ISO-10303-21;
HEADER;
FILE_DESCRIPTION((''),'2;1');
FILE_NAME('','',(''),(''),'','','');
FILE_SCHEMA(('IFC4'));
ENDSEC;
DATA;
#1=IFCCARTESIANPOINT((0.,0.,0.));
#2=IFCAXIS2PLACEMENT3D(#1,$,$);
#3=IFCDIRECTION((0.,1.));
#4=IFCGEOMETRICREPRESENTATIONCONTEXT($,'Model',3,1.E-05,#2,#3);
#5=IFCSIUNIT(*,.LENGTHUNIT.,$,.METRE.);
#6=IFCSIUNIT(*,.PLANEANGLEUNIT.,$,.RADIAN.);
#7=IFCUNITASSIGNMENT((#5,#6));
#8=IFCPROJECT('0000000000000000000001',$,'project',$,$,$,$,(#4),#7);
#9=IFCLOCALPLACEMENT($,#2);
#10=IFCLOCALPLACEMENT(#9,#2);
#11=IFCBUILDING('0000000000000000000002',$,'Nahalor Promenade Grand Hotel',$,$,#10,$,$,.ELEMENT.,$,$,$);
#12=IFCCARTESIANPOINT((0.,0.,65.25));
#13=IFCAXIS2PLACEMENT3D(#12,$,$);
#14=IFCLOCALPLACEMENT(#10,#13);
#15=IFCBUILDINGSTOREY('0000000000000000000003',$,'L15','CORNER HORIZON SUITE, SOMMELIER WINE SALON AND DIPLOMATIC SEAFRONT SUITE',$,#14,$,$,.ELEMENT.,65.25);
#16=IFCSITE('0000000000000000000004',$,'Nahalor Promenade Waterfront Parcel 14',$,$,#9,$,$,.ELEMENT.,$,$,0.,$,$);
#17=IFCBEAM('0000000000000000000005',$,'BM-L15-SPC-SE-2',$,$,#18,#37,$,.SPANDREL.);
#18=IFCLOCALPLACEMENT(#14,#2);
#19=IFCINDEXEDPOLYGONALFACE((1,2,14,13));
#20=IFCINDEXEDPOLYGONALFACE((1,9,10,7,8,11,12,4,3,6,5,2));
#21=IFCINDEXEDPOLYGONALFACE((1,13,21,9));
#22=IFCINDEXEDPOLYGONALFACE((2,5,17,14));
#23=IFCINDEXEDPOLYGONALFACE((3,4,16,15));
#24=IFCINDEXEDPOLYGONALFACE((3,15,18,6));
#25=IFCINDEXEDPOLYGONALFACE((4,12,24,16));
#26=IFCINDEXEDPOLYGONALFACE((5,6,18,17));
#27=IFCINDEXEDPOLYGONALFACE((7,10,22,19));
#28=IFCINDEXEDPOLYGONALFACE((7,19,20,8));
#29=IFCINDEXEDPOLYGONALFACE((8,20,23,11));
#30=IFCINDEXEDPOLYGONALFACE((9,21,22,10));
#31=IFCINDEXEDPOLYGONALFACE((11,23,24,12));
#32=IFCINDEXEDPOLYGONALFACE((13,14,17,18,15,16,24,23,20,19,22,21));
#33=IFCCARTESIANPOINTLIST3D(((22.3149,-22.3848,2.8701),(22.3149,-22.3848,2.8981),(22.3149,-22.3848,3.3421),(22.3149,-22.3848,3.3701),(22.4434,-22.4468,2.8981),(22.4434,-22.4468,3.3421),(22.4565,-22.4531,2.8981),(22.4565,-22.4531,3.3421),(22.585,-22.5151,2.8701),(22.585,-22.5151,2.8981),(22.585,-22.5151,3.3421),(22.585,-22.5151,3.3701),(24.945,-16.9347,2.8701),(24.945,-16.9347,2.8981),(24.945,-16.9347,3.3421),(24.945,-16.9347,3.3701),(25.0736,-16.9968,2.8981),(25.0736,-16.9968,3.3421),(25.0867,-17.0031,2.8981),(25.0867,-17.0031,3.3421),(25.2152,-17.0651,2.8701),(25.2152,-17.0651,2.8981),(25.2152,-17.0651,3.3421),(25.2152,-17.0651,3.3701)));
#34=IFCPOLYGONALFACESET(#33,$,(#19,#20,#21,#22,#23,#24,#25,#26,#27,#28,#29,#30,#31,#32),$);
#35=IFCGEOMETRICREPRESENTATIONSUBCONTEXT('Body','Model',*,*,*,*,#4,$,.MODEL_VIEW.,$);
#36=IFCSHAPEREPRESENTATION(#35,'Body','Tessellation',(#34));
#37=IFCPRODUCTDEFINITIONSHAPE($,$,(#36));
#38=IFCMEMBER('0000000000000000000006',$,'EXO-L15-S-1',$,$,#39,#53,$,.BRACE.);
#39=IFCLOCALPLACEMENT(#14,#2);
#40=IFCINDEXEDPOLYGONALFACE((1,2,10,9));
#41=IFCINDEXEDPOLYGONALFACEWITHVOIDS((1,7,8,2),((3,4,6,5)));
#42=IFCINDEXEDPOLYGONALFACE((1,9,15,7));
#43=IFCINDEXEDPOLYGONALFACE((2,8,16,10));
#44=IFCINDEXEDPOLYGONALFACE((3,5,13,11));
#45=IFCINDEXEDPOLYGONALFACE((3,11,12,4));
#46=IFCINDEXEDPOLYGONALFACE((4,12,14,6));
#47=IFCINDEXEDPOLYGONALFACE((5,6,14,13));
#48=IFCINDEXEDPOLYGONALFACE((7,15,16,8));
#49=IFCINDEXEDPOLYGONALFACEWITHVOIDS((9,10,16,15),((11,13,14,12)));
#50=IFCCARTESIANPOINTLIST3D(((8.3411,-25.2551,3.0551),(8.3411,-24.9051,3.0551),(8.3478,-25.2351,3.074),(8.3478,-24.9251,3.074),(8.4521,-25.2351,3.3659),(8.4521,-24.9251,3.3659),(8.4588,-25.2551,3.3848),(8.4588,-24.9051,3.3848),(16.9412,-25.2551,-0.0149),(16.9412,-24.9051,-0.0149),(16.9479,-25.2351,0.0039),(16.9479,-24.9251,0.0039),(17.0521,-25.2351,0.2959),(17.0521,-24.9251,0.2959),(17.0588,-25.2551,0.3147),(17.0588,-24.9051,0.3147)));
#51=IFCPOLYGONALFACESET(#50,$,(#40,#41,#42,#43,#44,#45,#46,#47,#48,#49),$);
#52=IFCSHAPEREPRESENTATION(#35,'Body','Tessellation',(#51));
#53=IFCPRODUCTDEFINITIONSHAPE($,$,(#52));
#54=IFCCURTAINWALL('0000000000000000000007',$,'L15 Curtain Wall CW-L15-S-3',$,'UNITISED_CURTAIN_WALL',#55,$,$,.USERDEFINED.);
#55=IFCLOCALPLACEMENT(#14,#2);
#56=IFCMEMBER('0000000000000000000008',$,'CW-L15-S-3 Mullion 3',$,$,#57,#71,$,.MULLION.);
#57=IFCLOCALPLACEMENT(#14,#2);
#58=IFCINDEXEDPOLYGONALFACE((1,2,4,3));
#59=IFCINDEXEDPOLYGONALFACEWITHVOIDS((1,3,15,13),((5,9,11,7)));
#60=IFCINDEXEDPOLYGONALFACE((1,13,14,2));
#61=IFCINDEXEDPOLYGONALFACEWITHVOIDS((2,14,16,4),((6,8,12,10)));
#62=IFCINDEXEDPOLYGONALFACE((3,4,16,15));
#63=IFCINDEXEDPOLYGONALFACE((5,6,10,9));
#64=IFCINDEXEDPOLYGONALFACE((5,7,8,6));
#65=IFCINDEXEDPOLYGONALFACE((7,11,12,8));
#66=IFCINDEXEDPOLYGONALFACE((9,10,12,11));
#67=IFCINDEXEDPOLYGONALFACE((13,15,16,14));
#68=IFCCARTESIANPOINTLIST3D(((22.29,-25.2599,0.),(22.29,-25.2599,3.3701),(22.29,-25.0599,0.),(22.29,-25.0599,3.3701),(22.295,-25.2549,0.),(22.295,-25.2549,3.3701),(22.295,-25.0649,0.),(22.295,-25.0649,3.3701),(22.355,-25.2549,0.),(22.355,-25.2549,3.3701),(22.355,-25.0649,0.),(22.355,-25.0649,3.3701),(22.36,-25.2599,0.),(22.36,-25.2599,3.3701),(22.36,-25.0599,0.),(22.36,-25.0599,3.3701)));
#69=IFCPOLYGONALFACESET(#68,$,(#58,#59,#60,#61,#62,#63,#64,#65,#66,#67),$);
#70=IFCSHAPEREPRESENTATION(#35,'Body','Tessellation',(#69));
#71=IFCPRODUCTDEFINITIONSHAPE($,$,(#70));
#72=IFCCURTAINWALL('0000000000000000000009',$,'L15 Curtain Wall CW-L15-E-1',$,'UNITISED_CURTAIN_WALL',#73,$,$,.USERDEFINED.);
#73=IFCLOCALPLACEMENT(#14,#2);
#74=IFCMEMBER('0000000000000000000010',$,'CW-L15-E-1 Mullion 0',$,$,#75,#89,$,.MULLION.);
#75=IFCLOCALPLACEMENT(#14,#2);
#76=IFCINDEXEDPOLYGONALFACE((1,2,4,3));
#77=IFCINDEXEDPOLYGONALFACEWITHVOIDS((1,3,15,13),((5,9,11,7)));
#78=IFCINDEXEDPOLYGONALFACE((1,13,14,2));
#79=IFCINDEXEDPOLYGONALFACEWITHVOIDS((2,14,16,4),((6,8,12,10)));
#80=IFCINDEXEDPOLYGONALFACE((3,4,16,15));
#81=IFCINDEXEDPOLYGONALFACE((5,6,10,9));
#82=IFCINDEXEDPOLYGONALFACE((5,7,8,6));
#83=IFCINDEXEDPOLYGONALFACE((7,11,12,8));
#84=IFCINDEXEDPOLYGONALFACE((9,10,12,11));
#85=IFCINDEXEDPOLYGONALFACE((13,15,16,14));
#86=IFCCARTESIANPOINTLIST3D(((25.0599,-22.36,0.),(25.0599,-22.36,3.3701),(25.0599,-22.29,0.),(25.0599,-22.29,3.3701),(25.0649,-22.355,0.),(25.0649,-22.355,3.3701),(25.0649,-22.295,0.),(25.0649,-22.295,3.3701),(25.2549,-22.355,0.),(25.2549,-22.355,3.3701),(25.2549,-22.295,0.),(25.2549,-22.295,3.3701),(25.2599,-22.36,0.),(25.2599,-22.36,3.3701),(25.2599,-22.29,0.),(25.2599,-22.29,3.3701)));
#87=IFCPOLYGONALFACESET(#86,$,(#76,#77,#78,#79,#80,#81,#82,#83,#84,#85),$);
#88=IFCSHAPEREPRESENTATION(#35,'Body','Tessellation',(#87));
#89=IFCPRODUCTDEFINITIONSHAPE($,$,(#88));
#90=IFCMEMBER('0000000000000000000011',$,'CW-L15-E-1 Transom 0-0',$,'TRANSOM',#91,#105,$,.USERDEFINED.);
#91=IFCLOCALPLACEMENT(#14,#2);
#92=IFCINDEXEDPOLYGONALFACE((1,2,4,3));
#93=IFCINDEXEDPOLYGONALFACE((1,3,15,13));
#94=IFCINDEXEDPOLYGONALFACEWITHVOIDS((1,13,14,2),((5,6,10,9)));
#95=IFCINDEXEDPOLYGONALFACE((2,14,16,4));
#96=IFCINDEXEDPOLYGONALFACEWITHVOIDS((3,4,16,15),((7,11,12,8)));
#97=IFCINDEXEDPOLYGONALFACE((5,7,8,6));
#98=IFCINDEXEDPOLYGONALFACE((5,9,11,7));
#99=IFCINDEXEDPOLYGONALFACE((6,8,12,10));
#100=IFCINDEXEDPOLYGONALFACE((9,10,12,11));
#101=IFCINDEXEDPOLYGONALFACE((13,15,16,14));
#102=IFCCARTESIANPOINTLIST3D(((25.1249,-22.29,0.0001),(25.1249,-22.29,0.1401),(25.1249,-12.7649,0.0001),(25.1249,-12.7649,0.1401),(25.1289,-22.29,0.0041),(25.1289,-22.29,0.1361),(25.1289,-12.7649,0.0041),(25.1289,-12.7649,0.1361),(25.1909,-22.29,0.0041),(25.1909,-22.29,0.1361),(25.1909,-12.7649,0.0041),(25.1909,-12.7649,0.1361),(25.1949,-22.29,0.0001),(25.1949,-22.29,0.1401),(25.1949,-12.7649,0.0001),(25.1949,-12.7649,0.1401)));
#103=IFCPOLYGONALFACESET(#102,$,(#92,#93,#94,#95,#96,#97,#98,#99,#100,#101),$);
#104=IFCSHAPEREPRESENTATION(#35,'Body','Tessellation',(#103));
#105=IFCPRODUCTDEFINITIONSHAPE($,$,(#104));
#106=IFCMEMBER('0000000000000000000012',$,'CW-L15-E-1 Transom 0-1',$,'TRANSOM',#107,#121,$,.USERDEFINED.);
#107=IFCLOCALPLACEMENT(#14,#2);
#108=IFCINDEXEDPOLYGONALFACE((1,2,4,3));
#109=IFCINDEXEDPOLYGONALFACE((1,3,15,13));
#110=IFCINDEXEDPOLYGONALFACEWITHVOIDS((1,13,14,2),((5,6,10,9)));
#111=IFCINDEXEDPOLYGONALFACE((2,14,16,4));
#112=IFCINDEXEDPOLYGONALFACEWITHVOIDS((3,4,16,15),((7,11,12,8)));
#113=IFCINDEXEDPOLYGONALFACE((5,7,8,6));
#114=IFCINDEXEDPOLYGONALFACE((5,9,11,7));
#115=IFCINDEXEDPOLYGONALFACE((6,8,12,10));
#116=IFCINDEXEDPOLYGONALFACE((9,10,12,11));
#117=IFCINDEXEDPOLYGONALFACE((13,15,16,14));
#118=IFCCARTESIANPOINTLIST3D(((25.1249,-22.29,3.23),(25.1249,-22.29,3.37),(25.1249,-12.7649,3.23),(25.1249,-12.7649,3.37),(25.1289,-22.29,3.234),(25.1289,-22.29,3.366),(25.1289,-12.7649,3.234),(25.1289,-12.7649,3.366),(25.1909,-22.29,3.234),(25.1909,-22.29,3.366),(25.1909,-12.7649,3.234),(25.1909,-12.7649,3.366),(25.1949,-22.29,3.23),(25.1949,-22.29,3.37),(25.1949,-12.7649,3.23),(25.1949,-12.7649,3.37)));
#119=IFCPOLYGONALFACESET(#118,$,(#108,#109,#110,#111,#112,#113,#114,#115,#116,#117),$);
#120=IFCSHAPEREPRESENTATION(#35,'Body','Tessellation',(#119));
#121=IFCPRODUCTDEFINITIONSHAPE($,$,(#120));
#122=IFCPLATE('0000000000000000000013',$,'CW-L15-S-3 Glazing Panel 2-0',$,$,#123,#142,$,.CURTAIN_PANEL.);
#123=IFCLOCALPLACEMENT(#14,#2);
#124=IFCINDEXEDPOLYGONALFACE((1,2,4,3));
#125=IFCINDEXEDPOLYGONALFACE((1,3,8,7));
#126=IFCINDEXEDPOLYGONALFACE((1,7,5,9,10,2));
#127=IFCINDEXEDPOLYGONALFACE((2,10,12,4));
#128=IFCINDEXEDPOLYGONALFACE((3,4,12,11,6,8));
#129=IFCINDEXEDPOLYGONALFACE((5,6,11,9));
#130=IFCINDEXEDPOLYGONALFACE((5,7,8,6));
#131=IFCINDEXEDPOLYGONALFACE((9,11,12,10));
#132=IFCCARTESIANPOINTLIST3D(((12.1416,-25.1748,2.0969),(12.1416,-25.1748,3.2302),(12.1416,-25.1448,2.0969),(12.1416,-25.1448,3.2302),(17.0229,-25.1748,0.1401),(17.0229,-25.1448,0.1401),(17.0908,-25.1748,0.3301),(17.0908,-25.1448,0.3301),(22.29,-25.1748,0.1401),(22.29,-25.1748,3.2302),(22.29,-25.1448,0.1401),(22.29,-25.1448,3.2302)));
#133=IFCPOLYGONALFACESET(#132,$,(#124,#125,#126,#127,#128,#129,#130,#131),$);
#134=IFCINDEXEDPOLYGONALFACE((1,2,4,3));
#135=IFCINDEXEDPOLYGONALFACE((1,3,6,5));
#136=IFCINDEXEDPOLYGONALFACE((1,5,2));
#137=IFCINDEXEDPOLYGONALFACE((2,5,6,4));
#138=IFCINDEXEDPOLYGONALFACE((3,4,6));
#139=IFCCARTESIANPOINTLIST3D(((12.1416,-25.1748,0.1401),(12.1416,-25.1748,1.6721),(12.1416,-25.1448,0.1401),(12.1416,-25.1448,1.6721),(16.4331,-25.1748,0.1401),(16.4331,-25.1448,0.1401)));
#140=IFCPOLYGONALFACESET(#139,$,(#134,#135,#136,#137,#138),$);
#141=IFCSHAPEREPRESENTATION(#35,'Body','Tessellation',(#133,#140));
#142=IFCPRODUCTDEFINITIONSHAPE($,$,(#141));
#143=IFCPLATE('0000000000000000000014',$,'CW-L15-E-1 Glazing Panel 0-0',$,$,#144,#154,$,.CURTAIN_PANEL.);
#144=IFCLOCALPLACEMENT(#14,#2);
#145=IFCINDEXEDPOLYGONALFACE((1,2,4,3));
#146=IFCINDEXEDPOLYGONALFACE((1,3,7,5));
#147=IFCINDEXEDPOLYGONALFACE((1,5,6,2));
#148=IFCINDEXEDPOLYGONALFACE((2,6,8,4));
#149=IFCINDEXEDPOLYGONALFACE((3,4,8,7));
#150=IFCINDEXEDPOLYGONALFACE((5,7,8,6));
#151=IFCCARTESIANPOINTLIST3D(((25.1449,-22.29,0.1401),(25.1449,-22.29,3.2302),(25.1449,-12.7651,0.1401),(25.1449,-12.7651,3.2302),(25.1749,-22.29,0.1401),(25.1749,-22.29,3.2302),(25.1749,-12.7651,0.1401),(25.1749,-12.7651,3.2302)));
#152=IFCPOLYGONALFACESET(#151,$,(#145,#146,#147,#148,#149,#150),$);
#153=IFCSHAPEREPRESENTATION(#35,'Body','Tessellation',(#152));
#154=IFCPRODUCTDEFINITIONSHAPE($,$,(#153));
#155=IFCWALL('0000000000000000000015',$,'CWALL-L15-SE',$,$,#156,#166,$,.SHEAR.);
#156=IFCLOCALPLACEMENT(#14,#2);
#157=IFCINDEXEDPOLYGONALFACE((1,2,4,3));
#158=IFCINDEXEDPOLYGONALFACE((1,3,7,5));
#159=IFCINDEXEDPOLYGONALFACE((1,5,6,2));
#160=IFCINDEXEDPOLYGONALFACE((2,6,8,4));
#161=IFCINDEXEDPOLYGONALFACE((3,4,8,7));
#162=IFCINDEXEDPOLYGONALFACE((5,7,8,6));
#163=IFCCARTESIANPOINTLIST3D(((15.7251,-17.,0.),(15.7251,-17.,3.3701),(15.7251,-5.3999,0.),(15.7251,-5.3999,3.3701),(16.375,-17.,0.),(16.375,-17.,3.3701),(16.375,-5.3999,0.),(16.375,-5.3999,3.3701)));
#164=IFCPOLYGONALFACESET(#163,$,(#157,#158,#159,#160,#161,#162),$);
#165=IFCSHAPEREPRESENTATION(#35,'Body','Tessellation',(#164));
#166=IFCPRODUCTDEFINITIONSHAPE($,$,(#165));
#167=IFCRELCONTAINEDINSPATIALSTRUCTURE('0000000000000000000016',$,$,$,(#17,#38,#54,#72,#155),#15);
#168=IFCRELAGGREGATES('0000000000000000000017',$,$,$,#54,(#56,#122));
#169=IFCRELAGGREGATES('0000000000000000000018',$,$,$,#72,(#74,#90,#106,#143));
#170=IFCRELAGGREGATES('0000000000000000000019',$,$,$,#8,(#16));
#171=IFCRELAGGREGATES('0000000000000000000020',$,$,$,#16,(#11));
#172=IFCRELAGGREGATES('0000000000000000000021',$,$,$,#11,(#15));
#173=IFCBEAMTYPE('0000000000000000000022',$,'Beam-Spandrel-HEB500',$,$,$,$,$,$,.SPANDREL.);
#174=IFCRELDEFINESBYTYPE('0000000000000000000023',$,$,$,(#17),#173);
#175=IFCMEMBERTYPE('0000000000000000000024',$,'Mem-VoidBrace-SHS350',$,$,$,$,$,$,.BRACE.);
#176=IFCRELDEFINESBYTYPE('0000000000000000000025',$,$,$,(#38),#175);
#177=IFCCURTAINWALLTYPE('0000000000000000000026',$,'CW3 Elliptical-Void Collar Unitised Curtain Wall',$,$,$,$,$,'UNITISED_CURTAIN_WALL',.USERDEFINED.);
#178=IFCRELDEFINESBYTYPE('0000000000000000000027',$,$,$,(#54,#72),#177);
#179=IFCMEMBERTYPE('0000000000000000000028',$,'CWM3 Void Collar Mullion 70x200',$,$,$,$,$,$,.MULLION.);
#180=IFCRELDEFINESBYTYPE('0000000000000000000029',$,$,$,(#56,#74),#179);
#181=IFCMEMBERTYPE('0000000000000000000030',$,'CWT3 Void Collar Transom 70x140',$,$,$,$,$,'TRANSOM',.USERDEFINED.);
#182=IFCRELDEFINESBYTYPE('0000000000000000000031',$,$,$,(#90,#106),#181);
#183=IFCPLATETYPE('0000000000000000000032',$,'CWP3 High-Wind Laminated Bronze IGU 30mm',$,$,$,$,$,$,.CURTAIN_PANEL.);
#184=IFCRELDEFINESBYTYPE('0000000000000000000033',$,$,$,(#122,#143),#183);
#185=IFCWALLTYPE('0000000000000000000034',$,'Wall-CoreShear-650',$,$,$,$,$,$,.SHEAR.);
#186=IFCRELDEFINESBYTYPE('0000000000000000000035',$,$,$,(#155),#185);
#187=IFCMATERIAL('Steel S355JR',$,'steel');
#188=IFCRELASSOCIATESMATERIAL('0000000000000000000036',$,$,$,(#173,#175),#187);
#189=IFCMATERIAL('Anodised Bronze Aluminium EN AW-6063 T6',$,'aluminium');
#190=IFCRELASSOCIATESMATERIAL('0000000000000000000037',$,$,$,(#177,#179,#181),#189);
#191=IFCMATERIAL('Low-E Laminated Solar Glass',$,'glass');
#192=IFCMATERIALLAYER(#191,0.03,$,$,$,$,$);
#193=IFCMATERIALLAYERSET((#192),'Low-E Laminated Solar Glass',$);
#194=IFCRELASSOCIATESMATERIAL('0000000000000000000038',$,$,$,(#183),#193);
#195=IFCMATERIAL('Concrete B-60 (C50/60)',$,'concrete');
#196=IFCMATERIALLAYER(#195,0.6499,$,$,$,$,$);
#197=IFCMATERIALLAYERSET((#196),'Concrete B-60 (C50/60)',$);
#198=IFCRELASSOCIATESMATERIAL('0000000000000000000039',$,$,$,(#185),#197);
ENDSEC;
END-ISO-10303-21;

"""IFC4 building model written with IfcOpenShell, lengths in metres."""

from ifc_helpers import new_model, si_unit, direction, frame, frame_2d, origin, origin_2d, place, context, subcontext, project, spatial, polyline, rectangle, hollow_rectangle, i_section, outline, extrude, source, transform, mapped, material, layer, layer_set, material_profile, profile_set, type_object, element, aggregate, save


model = new_model("IFC4")

# Units and contexts
model_context = context("Model", 3, precision=1e-05, world=origin(), true_north=direction((0.0, 1.0)))
body_context = subcontext(model_context, "Body", "Model", "MODEL_VIEW")
ifc_project = project(units=[si_unit("LENGTHUNIT", "METRE"), si_unit("PLANEANGLEUNIT", "RADIAN")], contexts=[model_context])

# Site, building, storey
site_placement = place(None, origin())
site = spatial("IfcSite", under=ifc_project, at=site_placement, Name="Nahalor Promenade Waterfront Parcel 14", CompositionType="ELEMENT", RefElevation=0.0)
building_placement = place(site_placement, origin())
building = spatial("IfcBuilding", under=site, at=building_placement, Name="Nahalor Promenade Grand Hotel", CompositionType="ELEMENT")
storey_placement = place(building_placement, frame((0.0, 0.0, 65.25)))
storey = spatial("IfcBuildingStorey", under=building, at=storey_placement, Name="L15", Description="CORNER HORIZON SUITE, SOMMELIER WINE SALON AND DIPLOMATIC SEAFRONT SUITE", CompositionType="ELEMENT", Elevation=65.25)

# Beam
ifc_material_1 = material(Name="Steel S355JR", Category="steel")
ifc_material_profile_1 = material_profile(ifc_material_1, i_section(OverallWidth=0.3, OverallDepth=0.5, WebThickness=0.0145, FlangeThickness=0.028, at=origin_2d()), Name="HEB 500")
ifc_profile_set_1 = profile_set([ifc_material_profile_1], Name="Steel S355JR")
beam_type_1 = type_object("IfcBeamType", Name="Beam-Spandrel-HEB500", PredefinedType="SPANDREL", material=ifc_profile_set_1)
shared_shape_1 = source(origin(), body_context, "Body", "SweptSolid", [
    extrude(i_section(OverallWidth=0.3, OverallDepth=0.5, WebThickness=0.0145, FlangeThickness=0.028, at=origin_2d()), origin(), (0.0, 0.0, 1.0), 6.0515),
])
for number, where, z_axis, x_axis, name in (
    (1, (22.45, -22.45, 3.1201), (0.434631, 0.900609, 0.0), (-0.900609, 0.434631, 0.0), "BM-L15-SPC-SE-2"),
):
    element("IfcBeam", number, at=place(storey_placement, frame(where, z_axis=z_axis, x_axis=x_axis)), inside=storey, type_object=beam_type_1, Name=name, PredefinedType="SPANDREL", context=body_context, shape_type="MappedRepresentation", body=[
        mapped(shared_shape_1, transform((0.0, 0.0, 0.0), scale=1.0)),
    ])

# Member
ifc_material_profile_2 = material_profile(ifc_material_1, hollow_rectangle(XDim=0.35, YDim=0.35, WallThickness=0.02, at=origin_2d()), Name="SHS 350x350x20")
ifc_profile_set_2 = profile_set([ifc_material_profile_2], Name="Steel S355JR")
member_type_1 = type_object("IfcMemberType", Name="Mem-VoidBrace-SHS350", PredefinedType="BRACE", material=ifc_profile_set_2)
shared_shape_2 = source(origin(), body_context, "Body", "SweptSolid", [
    extrude(hollow_rectangle(XDim=0.35, YDim=0.35, WallThickness=0.02, at=origin_2d()), origin(), (0.0, 0.0, 1.0), 9.1316),
])
member_1_placement = place(storey_placement, frame((17.0, -25.0801, 0.1499), z_axis=(-0.94179, 0.0, 0.336201), x_axis=(0.0, -1.0, 0.0)))
element("IfcMember", 2, at=member_1_placement, inside=storey, type_object=member_type_1, Name="EXO-L15-S-1", PredefinedType="BRACE", context=body_context, shape_type="MappedRepresentation", body=[
    mapped(shared_shape_2, transform((0.0, 0.0, 0.0), scale=1.0)),
])

# Curtain wall, member
ifc_material_2 = material(Name="Anodised Bronze Aluminium EN AW-6063 T6", Category="aluminium")
curtain_wall_type = type_object("IfcCurtainWallType", Name="CW3 Elliptical-Void Collar Unitised Curtain Wall", ElementType="UNITISED_CURTAIN_WALL", PredefinedType="USERDEFINED", material=ifc_material_2)
curtain_wall_1_placement = place(storey_placement, origin())
curtain_wall_1 = element("IfcCurtainWall", 3, at=curtain_wall_1_placement, inside=storey, type_object=curtain_wall_type, Name="L15 Curtain Wall CW-L15-S-3", ObjectType="UNITISED_CURTAIN_WALL", PredefinedType="USERDEFINED")
ifc_material_profile_3 = material_profile(ifc_material_2, hollow_rectangle(XDim=0.07, YDim=0.2, WallThickness=0.005, at=origin_2d()), Name="CWM 70x200x5")
ifc_profile_set_3 = profile_set([ifc_material_profile_3], Name="Anodised Bronze Aluminium EN AW-6063 T6")
member_type_2 = type_object("IfcMemberType", Name="CWM3 Void Collar Mullion 70x200", PredefinedType="MULLION", material=ifc_profile_set_3)
shared_shape_3 = source(origin(), body_context, "Body", "SweptSolid", [
    extrude(hollow_rectangle(XDim=0.07, YDim=0.2, WallThickness=0.005, at=origin_2d()), origin(), (0.0, 0.0, 1.0), 3.3701),
])
member_2_placement = place(storey_placement, frame((22.325, -25.1599, 0.0), z_axis=(0.0, 0.0, 1.0), x_axis=(1.0, 0.0, 0.0)))
member_2 = element("IfcMember", 4, at=member_2_placement, type_object=member_type_2, Name="CW-L15-S-3 Mullion 3", PredefinedType="MULLION", context=body_context, shape_type="MappedRepresentation", body=[
    mapped(shared_shape_3, transform((0.0, 0.0, 0.0), scale=1.0)),
])

# Curtain wall, members
curtain_wall_2_placement = place(storey_placement, origin())
curtain_wall_2 = element("IfcCurtainWall", 5, at=curtain_wall_2_placement, inside=storey, type_object=curtain_wall_type, Name="L15 Curtain Wall CW-L15-E-1", ObjectType="UNITISED_CURTAIN_WALL", PredefinedType="USERDEFINED")
member_3_placement = place(storey_placement, frame((25.1599, -22.325, 0.0), z_axis=(0.0, 0.0, 1.0), x_axis=(0.0, 1.0, 0.0)))
member_3 = element("IfcMember", 6, at=member_3_placement, type_object=member_type_2, Name="CW-L15-E-1 Mullion 0", PredefinedType="MULLION", context=body_context, shape_type="MappedRepresentation", body=[
    mapped(shared_shape_3, transform((0.0, 0.0, 0.0), scale=1.0)),
])
ifc_material_profile_4 = material_profile(ifc_material_2, hollow_rectangle(XDim=0.07, YDim=0.14, WallThickness=0.004, at=origin_2d()), Name="CWT 70x140x4")
ifc_profile_set_4 = profile_set([ifc_material_profile_4], Name="Anodised Bronze Aluminium EN AW-6063 T6")
member_type_3 = type_object("IfcMemberType", Name="CWT3 Void Collar Transom 70x140", ElementType="TRANSOM", PredefinedType="USERDEFINED", material=ifc_profile_set_4)
shared_shape_4 = source(origin(), body_context, "Body", "SweptSolid", [
    extrude(hollow_rectangle(XDim=0.07, YDim=0.14, WallThickness=0.004, at=origin_2d()), origin(), (0.0, 0.0, 1.0), 9.5251),
])
member_4_placement = place(storey_placement, frame((25.1599, -22.29, 0.0701), z_axis=(0.0, 1.0, 0.0), x_axis=(-1.0, 0.0, 0.0)))
member_4 = element("IfcMember", 7, at=member_4_placement, type_object=member_type_3, Name="CW-L15-E-1 Transom 0-0", ObjectType="TRANSOM", PredefinedType="USERDEFINED", context=body_context, shape_type="MappedRepresentation", body=[
    mapped(shared_shape_4, transform((0.0, 0.0, 0.0), scale=1.0)),
])
member_5_placement = place(storey_placement, frame((25.1599, -22.29, 3.3), z_axis=(0.0, 1.0, 0.0), x_axis=(-1.0, 0.0, 0.0)))
member_5 = element("IfcMember", 8, at=member_5_placement, type_object=member_type_3, Name="CW-L15-E-1 Transom 0-1", ObjectType="TRANSOM", PredefinedType="USERDEFINED", context=body_context, shape_type="MappedRepresentation", body=[
    mapped(shared_shape_4, transform((0.0, 0.0, 0.0), scale=1.0)),
])

# Plates
ifc_material_3 = material(Name="Low-E Laminated Solar Glass", Category="glass")
ifc_layer_1 = layer(ifc_material_3, 0.03)
ifc_layer_set_1 = layer_set([ifc_layer_1], Name="Low-E Laminated Solar Glass")
plate_type = type_object("IfcPlateType", Name="CWP3 High-Wind Laminated Bronze IGU 30mm", PredefinedType="CURTAIN_PANEL", material=ifc_layer_set_1)
plate_1_placement = place(storey_placement, frame((17.2158, -25.1599, 0.1401), z_axis=(0.0, 0.0, 1.0), x_axis=(1.0, 0.0, 0.0)))
plate_1 = element("IfcPlate", 9, at=plate_1_placement, type_object=plate_type, Name="CW-L15-S-3 Glazing Panel 2-0", PredefinedType="CURTAIN_PANEL", context=body_context, shape_type="SweptSolid", body=[
    extrude(outline(polyline([(5.0742, 3.0901), (-5.0742, 3.0901), (-5.0742, 1.9568), (-0.125, 0.1899), (-0.1929, 0.0), (5.0742, 0.0), (5.0742, 3.0901)])), frame((0.0, 0.0151, 0.0), z_axis=(0.0, -1.0, 0.0), x_axis=(1.0, 0.0, 0.0)), (0.0, 0.0, 1.0), 0.03),
    extrude(outline(polyline([(-5.0742, 1.532), (-5.0742, 0.0), (-0.7827, 0.0), (-5.0742, 1.532)])), frame((0.0, 0.0151, 0.0), z_axis=(0.0, -1.0, 0.0), x_axis=(1.0, 0.0, 0.0)), (0.0, 0.0, 1.0), 0.03),
])
aggregate(curtain_wall_1, [member_2, plate_1])
shared_shape_5 = source(origin(), body_context, "Body", "SweptSolid", [
    extrude(rectangle(XDim=9.5249, YDim=0.03, at=origin_2d()), origin(), (0.0, 0.0, 1.0), 3.0901),
])
plate_2_placement = place(storey_placement, frame((25.1599, -17.5276, 0.1401), z_axis=(0.0, 0.0, 1.0), x_axis=(0.0, 1.0, 0.0)))
plate_2 = element("IfcPlate", 10, at=plate_2_placement, type_object=plate_type, Name="CW-L15-E-1 Glazing Panel 0-0", PredefinedType="CURTAIN_PANEL", context=body_context, shape_type="MappedRepresentation", body=[
    mapped(shared_shape_5, transform((0.0, 0.0, 0.0), scale=1.0)),
])
aggregate(curtain_wall_2, [member_3, member_4, member_5, plate_2])

# Wall
ifc_material_4 = material(Name="Concrete B-60 (C50/60)", Category="concrete")
ifc_layer_2 = layer(ifc_material_4, 0.6499)
ifc_layer_set_2 = layer_set([ifc_layer_2], Name="Concrete B-60 (C50/60)")
wall_type_1 = type_object("IfcWallType", Name="Wall-CoreShear-650", PredefinedType="SHEAR", material=ifc_layer_set_2)
shared_shape_6 = source(origin(), body_context, "Body", "SweptSolid", [
    extrude(rectangle(XDim=11.6001, YDim=0.6499, at=frame_2d((5.8, 0.0))), origin(), (0.0, 0.0, 1.0), 3.3701),
])
wall_1_placement = place(storey_placement, frame((16.05, -17.0, 0.0), z_axis=(0.0, 0.0, 1.0), x_axis=(0.0, 1.0, 0.0)))
element("IfcWall", 11, at=wall_1_placement, inside=storey, type_object=wall_type_1, Name="CWALL-L15-SE", PredefinedType="SHEAR", context=body_context, shape_type="MappedRepresentation", body=[
    mapped(shared_shape_6, transform((0.0, 0.0, 0.0), scale=1.0)),
])

save(model, "model.ifc")
